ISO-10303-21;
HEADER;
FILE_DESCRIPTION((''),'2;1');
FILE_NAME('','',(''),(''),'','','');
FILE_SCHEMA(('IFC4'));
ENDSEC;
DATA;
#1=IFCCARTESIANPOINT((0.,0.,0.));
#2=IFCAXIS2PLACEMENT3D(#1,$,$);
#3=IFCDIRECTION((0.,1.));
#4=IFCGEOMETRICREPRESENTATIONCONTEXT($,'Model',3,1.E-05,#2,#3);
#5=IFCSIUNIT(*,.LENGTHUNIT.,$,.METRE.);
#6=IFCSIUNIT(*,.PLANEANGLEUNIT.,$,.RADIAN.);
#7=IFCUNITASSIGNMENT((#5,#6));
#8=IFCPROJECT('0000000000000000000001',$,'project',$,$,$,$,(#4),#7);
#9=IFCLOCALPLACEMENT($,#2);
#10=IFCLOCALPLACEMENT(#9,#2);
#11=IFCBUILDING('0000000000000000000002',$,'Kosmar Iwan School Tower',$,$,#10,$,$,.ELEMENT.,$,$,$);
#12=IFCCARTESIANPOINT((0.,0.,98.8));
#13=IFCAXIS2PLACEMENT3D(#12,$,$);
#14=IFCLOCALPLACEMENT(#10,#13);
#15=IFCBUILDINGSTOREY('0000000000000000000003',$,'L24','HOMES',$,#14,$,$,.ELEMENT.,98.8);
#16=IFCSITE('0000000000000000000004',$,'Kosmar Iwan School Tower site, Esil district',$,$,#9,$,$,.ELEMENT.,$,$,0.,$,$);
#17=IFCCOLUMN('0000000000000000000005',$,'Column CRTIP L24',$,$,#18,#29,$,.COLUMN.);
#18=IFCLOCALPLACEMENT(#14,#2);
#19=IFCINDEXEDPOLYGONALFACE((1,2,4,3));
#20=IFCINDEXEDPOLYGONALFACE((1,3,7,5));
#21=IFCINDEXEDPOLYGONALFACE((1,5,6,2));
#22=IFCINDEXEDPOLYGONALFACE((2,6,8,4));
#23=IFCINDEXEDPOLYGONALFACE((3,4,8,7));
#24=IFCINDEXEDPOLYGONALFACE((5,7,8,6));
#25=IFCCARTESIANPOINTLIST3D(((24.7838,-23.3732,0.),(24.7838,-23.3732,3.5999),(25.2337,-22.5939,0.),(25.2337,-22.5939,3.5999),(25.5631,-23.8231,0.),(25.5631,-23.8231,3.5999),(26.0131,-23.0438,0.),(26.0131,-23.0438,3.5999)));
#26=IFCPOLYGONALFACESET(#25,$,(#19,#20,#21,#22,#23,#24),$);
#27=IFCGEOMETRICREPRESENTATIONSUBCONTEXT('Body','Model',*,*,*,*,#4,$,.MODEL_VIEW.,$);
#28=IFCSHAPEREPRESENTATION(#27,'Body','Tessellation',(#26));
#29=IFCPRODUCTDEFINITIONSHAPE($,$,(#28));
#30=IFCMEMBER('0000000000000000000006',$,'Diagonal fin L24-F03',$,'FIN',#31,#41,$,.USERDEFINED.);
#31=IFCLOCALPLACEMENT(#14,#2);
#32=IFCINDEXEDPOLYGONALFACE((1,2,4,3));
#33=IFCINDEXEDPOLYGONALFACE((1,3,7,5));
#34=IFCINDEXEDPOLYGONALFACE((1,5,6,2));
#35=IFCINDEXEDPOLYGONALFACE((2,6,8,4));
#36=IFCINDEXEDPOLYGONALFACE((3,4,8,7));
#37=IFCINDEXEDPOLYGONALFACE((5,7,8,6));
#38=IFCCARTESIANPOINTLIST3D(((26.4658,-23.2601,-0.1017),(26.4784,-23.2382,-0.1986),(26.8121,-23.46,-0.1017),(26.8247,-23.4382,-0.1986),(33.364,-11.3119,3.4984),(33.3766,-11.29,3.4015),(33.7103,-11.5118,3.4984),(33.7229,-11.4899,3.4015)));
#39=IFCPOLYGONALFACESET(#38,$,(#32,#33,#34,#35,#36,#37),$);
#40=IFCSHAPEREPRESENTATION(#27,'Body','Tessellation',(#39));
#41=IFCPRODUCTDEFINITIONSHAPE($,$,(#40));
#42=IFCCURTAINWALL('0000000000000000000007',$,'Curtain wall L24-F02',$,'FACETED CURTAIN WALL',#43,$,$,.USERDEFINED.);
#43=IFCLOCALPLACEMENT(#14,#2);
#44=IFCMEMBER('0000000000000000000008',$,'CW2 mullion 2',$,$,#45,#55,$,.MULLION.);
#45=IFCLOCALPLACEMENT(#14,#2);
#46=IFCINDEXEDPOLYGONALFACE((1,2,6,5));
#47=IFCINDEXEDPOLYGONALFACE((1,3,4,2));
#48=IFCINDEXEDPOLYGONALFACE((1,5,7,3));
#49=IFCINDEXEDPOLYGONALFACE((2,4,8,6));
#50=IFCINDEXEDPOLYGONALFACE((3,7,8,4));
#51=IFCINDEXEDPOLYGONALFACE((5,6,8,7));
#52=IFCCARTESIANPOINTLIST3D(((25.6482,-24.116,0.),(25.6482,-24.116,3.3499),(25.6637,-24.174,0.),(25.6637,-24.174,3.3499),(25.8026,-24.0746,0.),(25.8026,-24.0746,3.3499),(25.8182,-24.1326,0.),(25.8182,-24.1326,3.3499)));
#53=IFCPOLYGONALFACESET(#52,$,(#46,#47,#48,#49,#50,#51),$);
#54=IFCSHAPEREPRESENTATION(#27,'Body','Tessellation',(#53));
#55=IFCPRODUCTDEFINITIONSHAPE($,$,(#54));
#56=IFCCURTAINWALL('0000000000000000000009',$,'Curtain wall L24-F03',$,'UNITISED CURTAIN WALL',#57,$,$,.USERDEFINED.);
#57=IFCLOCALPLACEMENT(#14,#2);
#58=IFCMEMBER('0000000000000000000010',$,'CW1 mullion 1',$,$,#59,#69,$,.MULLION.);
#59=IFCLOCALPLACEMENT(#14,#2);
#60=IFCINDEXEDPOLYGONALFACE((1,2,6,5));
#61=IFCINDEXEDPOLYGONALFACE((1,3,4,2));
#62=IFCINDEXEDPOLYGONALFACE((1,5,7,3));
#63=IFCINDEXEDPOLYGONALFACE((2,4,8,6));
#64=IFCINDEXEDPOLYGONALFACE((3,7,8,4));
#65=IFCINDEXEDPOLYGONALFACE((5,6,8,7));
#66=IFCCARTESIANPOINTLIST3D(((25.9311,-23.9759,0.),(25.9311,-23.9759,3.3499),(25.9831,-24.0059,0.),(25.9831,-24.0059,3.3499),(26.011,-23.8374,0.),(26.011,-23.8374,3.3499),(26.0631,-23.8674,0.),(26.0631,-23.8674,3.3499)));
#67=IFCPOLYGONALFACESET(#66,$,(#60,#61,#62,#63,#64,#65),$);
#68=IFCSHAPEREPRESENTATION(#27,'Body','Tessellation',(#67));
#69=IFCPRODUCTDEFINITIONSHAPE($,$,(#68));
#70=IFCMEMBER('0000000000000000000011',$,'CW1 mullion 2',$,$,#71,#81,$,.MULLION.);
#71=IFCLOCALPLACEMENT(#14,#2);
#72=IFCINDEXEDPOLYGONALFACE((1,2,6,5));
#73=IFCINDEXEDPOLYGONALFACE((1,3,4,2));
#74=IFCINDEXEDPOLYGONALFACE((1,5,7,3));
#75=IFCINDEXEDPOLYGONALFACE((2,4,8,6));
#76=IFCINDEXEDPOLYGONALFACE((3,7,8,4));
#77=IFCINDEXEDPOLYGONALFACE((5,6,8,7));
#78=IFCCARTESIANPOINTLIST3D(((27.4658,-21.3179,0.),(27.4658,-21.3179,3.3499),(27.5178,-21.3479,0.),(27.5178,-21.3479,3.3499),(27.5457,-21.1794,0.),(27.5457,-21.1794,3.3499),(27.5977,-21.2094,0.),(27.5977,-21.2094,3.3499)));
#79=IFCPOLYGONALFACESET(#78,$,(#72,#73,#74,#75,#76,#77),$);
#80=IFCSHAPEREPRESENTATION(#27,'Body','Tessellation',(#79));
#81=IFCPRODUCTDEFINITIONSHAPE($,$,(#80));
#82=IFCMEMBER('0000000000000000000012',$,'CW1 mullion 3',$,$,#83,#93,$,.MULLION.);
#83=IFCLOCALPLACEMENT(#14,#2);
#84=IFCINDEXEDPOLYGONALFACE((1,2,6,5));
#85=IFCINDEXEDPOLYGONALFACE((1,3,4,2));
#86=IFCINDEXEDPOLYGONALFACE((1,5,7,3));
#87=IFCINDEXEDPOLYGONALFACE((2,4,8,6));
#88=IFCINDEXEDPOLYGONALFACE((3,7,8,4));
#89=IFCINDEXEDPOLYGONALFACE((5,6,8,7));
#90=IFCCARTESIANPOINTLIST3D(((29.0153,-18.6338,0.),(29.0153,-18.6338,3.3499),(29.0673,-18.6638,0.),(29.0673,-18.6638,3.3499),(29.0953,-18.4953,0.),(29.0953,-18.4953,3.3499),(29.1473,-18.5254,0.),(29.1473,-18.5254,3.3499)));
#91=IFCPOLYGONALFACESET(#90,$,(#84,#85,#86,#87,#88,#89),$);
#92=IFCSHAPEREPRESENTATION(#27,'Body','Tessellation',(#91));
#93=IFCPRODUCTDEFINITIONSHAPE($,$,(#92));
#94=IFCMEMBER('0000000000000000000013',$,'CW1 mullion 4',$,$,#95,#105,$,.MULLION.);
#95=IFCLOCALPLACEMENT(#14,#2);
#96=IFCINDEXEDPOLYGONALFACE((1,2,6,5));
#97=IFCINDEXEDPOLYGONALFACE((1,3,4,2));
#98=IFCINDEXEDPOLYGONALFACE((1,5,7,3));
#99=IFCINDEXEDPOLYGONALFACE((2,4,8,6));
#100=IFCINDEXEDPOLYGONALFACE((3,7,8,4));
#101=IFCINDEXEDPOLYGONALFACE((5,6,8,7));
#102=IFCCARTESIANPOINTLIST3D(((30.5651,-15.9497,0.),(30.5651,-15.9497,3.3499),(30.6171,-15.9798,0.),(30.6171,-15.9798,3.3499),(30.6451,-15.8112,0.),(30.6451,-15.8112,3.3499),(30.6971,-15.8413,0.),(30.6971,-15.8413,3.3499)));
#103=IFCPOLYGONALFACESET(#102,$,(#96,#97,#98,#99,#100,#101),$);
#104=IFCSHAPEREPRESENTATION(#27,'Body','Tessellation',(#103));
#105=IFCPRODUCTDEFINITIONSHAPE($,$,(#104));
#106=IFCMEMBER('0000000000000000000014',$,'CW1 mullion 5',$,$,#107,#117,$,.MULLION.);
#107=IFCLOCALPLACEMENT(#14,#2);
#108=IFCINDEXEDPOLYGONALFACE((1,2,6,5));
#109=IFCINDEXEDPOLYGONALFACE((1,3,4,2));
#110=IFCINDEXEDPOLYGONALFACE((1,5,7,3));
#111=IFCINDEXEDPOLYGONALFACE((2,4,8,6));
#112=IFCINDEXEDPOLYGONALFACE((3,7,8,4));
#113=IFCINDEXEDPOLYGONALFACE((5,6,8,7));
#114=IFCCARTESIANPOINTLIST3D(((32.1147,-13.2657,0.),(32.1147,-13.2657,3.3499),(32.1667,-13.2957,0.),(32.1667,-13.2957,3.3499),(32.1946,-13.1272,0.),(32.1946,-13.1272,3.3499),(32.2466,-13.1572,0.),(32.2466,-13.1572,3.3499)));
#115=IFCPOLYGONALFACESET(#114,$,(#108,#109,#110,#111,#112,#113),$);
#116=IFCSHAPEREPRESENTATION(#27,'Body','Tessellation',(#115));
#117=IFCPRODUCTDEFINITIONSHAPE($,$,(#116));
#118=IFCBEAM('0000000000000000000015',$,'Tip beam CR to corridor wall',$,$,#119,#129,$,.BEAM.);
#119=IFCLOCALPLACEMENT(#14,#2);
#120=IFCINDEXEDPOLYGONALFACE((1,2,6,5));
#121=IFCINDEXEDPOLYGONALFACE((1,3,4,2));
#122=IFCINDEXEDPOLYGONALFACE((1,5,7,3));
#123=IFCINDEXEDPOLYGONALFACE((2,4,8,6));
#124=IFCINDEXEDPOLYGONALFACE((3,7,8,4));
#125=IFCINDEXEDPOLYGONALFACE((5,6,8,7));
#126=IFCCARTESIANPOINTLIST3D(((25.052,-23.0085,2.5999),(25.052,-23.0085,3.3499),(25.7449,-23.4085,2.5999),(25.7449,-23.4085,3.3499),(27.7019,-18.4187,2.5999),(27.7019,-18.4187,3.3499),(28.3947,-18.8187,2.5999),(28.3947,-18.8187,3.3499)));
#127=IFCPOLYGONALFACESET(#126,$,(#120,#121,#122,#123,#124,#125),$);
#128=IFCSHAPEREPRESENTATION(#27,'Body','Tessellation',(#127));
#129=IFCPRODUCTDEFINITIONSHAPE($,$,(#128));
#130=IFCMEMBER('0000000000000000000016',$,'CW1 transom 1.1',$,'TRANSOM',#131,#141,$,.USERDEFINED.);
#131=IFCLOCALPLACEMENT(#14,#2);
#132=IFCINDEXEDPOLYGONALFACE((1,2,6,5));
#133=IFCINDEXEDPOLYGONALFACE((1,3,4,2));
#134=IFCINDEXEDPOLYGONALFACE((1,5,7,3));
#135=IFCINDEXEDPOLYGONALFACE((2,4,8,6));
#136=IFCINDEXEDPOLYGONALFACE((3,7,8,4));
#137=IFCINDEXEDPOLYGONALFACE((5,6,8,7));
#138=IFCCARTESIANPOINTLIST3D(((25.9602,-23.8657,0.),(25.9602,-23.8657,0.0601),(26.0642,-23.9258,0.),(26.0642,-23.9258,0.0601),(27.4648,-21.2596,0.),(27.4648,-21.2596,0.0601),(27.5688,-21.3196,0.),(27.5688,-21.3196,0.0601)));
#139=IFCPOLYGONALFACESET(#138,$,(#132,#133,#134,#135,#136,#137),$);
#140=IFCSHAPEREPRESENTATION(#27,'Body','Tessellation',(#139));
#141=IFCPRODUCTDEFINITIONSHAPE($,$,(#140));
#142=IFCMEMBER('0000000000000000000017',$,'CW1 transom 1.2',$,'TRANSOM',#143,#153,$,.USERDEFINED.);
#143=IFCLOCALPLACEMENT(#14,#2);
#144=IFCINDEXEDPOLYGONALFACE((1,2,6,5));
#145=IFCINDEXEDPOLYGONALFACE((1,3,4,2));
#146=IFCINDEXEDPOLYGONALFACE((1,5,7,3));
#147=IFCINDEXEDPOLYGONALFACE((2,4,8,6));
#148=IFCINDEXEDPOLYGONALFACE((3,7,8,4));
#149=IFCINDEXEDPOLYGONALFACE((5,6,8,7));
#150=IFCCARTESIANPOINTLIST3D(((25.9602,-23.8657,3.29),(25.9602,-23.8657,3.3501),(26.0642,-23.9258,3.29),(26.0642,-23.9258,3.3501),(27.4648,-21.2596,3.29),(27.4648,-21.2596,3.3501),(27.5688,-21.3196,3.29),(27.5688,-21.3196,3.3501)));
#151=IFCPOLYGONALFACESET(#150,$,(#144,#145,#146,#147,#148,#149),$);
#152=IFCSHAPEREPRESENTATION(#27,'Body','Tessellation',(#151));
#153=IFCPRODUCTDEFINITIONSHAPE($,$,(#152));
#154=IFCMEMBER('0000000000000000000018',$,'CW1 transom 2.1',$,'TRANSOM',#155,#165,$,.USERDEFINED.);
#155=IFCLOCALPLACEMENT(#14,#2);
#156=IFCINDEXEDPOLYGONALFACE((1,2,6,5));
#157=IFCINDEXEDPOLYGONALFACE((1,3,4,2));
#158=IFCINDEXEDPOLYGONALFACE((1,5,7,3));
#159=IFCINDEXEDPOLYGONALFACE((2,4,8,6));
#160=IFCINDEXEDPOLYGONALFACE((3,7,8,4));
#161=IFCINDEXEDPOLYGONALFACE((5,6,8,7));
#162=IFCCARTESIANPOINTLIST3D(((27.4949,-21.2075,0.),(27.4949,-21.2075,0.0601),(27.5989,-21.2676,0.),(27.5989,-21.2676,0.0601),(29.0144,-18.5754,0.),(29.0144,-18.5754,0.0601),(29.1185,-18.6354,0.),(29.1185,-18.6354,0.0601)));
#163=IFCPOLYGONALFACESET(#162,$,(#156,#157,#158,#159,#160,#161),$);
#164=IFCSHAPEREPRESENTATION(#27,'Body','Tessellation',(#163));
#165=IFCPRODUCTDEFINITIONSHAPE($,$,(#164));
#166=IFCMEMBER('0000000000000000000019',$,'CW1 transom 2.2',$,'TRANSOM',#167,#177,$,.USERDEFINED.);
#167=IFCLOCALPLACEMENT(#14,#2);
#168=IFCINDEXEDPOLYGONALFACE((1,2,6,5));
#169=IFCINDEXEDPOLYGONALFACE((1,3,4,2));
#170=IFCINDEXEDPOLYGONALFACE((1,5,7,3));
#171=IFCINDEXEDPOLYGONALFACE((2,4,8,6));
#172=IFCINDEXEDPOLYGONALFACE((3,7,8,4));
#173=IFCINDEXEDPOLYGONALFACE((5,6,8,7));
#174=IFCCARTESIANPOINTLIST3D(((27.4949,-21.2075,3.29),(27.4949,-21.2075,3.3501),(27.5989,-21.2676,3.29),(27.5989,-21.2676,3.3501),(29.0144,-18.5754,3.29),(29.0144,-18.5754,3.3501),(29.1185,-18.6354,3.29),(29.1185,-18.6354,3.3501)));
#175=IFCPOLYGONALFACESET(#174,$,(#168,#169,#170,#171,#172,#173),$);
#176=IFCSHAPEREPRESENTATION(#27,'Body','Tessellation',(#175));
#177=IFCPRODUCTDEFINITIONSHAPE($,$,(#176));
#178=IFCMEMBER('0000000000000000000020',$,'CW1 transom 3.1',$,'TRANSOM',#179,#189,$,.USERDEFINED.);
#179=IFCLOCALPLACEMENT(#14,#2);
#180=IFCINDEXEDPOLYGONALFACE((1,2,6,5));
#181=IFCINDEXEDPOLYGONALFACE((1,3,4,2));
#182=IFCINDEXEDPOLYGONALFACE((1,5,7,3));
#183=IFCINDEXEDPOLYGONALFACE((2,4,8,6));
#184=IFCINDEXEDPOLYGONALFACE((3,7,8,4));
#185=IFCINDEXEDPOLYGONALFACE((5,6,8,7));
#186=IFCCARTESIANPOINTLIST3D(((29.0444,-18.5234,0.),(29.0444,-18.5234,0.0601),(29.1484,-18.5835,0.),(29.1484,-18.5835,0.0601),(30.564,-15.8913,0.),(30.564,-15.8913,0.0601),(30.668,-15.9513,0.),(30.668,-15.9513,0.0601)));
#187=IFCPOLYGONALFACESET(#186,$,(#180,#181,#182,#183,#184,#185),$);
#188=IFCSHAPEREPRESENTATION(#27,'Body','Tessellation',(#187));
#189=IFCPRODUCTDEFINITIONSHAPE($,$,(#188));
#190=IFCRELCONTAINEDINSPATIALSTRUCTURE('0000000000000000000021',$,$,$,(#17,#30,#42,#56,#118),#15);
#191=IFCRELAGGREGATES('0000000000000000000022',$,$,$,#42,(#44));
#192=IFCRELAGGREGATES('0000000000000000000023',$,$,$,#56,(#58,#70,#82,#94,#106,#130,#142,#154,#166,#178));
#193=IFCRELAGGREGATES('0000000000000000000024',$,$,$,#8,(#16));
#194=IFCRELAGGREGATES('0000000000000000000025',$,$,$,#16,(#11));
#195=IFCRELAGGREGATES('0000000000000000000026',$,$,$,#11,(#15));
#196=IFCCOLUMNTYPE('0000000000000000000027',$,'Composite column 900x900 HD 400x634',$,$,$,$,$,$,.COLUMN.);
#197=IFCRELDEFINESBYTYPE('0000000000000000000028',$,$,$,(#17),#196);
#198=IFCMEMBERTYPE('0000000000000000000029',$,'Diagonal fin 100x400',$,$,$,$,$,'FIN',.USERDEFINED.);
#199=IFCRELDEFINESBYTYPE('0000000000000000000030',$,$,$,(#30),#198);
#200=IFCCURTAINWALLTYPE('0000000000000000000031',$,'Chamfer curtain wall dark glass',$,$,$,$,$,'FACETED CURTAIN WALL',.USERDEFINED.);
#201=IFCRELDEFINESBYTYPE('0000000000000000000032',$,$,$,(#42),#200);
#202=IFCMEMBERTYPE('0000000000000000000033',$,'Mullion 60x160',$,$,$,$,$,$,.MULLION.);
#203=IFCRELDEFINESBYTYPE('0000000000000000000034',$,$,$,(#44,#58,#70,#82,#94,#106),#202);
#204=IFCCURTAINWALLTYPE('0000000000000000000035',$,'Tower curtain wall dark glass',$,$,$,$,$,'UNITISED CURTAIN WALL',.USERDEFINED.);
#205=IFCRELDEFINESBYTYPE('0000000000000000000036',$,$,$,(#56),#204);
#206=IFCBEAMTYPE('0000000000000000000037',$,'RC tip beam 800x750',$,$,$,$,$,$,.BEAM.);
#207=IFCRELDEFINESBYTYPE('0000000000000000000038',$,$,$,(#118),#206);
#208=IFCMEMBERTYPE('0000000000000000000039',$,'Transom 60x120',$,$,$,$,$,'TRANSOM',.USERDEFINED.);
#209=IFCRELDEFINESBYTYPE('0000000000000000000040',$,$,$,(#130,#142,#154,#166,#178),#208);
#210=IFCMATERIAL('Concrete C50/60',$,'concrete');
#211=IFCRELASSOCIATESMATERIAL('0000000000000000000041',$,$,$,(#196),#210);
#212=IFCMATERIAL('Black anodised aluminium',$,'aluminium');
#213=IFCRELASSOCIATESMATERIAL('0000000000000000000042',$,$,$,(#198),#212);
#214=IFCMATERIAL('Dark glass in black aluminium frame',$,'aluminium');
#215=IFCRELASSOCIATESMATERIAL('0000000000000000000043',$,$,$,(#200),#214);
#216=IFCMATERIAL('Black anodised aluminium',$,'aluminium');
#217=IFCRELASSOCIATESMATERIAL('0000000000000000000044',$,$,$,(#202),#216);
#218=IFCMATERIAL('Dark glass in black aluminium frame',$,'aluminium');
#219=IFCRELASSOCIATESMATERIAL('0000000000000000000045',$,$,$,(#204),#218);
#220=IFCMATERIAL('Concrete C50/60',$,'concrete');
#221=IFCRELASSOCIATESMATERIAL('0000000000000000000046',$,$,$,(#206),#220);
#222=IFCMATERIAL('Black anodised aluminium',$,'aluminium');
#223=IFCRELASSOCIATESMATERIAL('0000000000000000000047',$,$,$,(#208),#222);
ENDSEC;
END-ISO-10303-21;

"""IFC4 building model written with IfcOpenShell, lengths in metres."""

from ifc_helpers import new_model, si_unit, direction, frame, origin, origin_2d, place, context, subcontext, project, spatial, rectangle, extrude, material, material_profile, profile_set, type_object, element, aggregate, save


model = new_model("IFC4")

# Units and contexts
model_context = context("Model", 3, precision=1e-05, world=origin(), true_north=direction((0.0, 1.0)))
body_context = subcontext(model_context, "Body", "Model", "MODEL_VIEW")
ifc_project = project(units=[si_unit("LENGTHUNIT", "METRE"), si_unit("PLANEANGLEUNIT", "RADIAN")], contexts=[model_context])

# Site, building, storey
site_placement = place(None, origin())
site = spatial("IfcSite", under=ifc_project, at=site_placement, Name="Kosmar Iwan School Tower site, Esil district", CompositionType="ELEMENT", RefElevation=0.0)
building_placement = place(site_placement, origin())
building = spatial("IfcBuilding", under=site, at=building_placement, Name="Kosmar Iwan School Tower", CompositionType="ELEMENT")
storey_placement = place(building_placement, frame((0.0, 0.0, 98.8)))
storey = spatial("IfcBuildingStorey", under=building, at=storey_placement, Name="L24", Description="HOMES", CompositionType="ELEMENT", Elevation=98.8)

# Column
ifc_material_1 = material(Name="Concrete C50/60", Category="concrete")
ifc_material_profile_1 = material_profile(ifc_material_1, rectangle(XDim=0.8999, YDim=0.8999, at=origin_2d()), Name="RC 900x900 + HD 400x634")
ifc_profile_set_1 = profile_set([ifc_material_profile_1], Name="Concrete C50/60")
column_type = type_object("IfcColumnType", Name="Composite column 900x900 HD 400x634", PredefinedType="COLUMN", material=ifc_profile_set_1)
column_placement = place(storey_placement, frame((25.3984, -23.2085, 0.0), z_axis=(0.0, 0.0, 1.0), x_axis=(0.866025, -0.5, 0.0)))
element("IfcColumn", 1, at=column_placement, inside=storey, type_object=column_type, Name="Column CRTIP L24", PredefinedType="COLUMN", context=body_context, shape_type="SweptSolid", body=[
    extrude(rectangle(XDim=0.8999, YDim=0.8999, at=origin_2d()), origin(), (0.0, 0.0, 1.0), 3.5999),
])

# Member
ifc_material_2 = material(Name="Black anodised aluminium", Category="aluminium")
ifc_material_profile_2 = material_profile(ifc_material_2, rectangle(XDim=0.1001, YDim=0.3999, at=origin_2d()), Name="FIN 100x400")
ifc_profile_set_2 = profile_set([ifc_material_profile_2], Name="Black anodised aluminium")
member_type_1 = type_object("IfcMemberType", Name="Diagonal fin 100x400", ElementType="FIN", PredefinedType="USERDEFINED", material=ifc_profile_set_2)
member_1_placement = place(storey_placement, frame((26.6453, -23.3491, -0.1501), z_axis=(0.483793, 0.83797, 0.252487), x_axis=(-0.126242, -0.218661, 0.9676)))
element("IfcMember", 2, at=member_1_placement, inside=storey, type_object=member_type_1, Name="Diagonal fin L24-F03", ObjectType="FIN", PredefinedType="USERDEFINED", context=body_context, shape_type="SweptSolid", body=[
    extrude(rectangle(XDim=0.1001, YDim=0.3999, at=origin_2d()), origin(), (0.0, 0.0, 1.0), 14.2585),
])

# Curtain wall, member
ifc_material_3 = material(Name="Dark glass in black aluminium frame", Category="aluminium")
curtain_wall_type_1 = type_object("IfcCurtainWallType", Name="Chamfer curtain wall dark glass", ElementType="FACETED CURTAIN WALL", PredefinedType="USERDEFINED", material=ifc_material_3)
curtain_wall_1_placement = place(storey_placement, origin())
curtain_wall_1 = element("IfcCurtainWall", 3, at=curtain_wall_1_placement, inside=storey, type_object=curtain_wall_type_1, Name="Curtain wall L24-F02", ObjectType="FACETED CURTAIN WALL", PredefinedType="USERDEFINED")
ifc_material_4 = material(Name="Black anodised aluminium", Category="aluminium")
ifc_material_profile_3 = material_profile(ifc_material_4, rectangle(XDim=0.0601, YDim=0.1599, at=origin_2d()), Name="MULLION 60x160")
ifc_profile_set_3 = profile_set([ifc_material_profile_3], Name="Black anodised aluminium")
member_type_2 = type_object("IfcMemberType", Name="Mullion 60x160", PredefinedType="MULLION", material=ifc_profile_set_3)
member_2_placement = place(storey_placement, frame((25.7332, -24.1243, 0.0), z_axis=(0.0, 0.0, 1.0), x_axis=(-0.258819, 0.965926, 0.0)))
member_2 = element("IfcMember", 4, at=member_2_placement, type_object=member_type_2, Name="CW2 mullion 2", PredefinedType="MULLION", context=body_context, shape_type="SweptSolid", body=[
    extrude(rectangle(XDim=0.0601, YDim=0.1599, at=origin_2d()), origin(), (0.0, 0.0, 1.0), 3.3499),
])

# Curtain wall, members
ifc_material_5 = material(Name="Dark glass in black aluminium frame", Category="aluminium")
curtain_wall_type_2 = type_object("IfcCurtainWallType", Name="Tower curtain wall dark glass", ElementType="UNITISED CURTAIN WALL", PredefinedType="USERDEFINED", material=ifc_material_5)
curtain_wall_2_placement = place(storey_placement, origin())
curtain_wall_2 = element("IfcCurtainWall", 5, at=curtain_wall_2_placement, inside=storey, type_object=curtain_wall_type_2, Name="Curtain wall L24-F03", ObjectType="UNITISED CURTAIN WALL", PredefinedType="USERDEFINED")
member_3_placement = place(storey_placement, frame((25.9971, -23.9216, 0.0), z_axis=(0.0, 0.0, 1.0), x_axis=(-0.866025, 0.5, 0.0)))
member_3 = element("IfcMember", 6, at=member_3_placement, type_object=member_type_2, Name="CW1 mullion 1", PredefinedType="MULLION", context=body_context, shape_type="SweptSolid", body=[
    extrude(rectangle(XDim=0.0601, YDim=0.1599, at=origin_2d()), origin(), (0.0, 0.0, 1.0), 3.3499),
])
member_4_placement = place(storey_placement, frame((27.5317, -21.2637, 0.0), z_axis=(0.0, 0.0, 1.0), x_axis=(-0.866025, 0.5, 0.0)))
member_4 = element("IfcMember", 7, at=member_4_placement, type_object=member_type_2, Name="CW1 mullion 2", PredefinedType="MULLION", context=body_context, shape_type="SweptSolid", body=[
    extrude(rectangle(XDim=0.0601, YDim=0.1599, at=origin_2d()), origin(), (0.0, 0.0, 1.0), 3.3499),
])
member_5_placement = place(storey_placement, frame((29.0813, -18.5796, 0.0), z_axis=(0.0, 0.0, 1.0), x_axis=(-0.866025, 0.5, 0.0)))
member_5 = element("IfcMember", 8, at=member_5_placement, type_object=member_type_2, Name="CW1 mullion 3", PredefinedType="MULLION", context=body_context, shape_type="SweptSolid", body=[
    extrude(rectangle(XDim=0.0601, YDim=0.1599, at=origin_2d()), origin(), (0.0, 0.0, 1.0), 3.3499),
])
member_6_placement = place(storey_placement, frame((30.6311, -15.8955, 0.0), z_axis=(0.0, 0.0, 1.0), x_axis=(-0.866025, 0.5, 0.0)))
member_6 = element("IfcMember", 9, at=member_6_placement, type_object=member_type_2, Name="CW1 mullion 4", PredefinedType="MULLION", context=body_context, shape_type="SweptSolid", body=[
    extrude(rectangle(XDim=0.0601, YDim=0.1599, at=origin_2d()), origin(), (0.0, 0.0, 1.0), 3.3499),
])
member_7_placement = place(storey_placement, frame((32.1807, -13.2114, 0.0), z_axis=(0.0, 0.0, 1.0), x_axis=(-0.866025, 0.5, 0.0)))
member_7 = element("IfcMember", 10, at=member_7_placement, type_object=member_type_2, Name="CW1 mullion 5", PredefinedType="MULLION", context=body_context, shape_type="SweptSolid", body=[
    extrude(rectangle(XDim=0.0601, YDim=0.1599, at=origin_2d()), origin(), (0.0, 0.0, 1.0), 3.3499),
])

# Beam
ifc_material_6 = material(Name="Concrete C50/60", Category="concrete")
ifc_material_profile_4 = material_profile(ifc_material_6, rectangle(XDim=0.8, YDim=0.75, at=origin_2d()), Name="RC 800x750")
ifc_profile_set_4 = profile_set([ifc_material_profile_4], Name="Concrete C50/60")
beam_type = type_object("IfcBeamType", Name="RC tip beam 800x750", PredefinedType="BEAM", material=ifc_profile_set_4)
beam_placement = place(storey_placement, frame((25.3984, -23.2085, 2.9749), z_axis=(0.499994, 0.866029, 0.0), x_axis=(-0.866029, 0.499994, 0.0)))
element("IfcBeam", 11, at=beam_placement, inside=storey, type_object=beam_type, Name="Tip beam CR to corridor wall", PredefinedType="BEAM", context=body_context, shape_type="SweptSolid", body=[
    extrude(rectangle(XDim=0.8, YDim=0.75, at=origin_2d()), origin(), (0.0, 0.0, 1.0), 5.2998),
])

# Members
ifc_material_7 = material(Name="Black anodised aluminium", Category="aluminium")
ifc_material_profile_5 = material_profile(ifc_material_7, rectangle(XDim=0.1201, YDim=0.0601, at=origin_2d()), Name="TRANSOM 60x120")
ifc_profile_set_5 = profile_set([ifc_material_profile_5], Name="Black anodised aluminium")
member_type_3 = type_object("IfcMemberType", Name="Transom 60x120", ElementType="TRANSOM", PredefinedType="USERDEFINED", material=ifc_profile_set_5)
member_8_placement = place(storey_placement, frame((26.0122, -23.8958, 0.03), z_axis=(0.499987, 0.866033, 0.0), x_axis=(-0.866033, 0.499987, 0.0)))
member_8 = element("IfcMember", 12, at=member_8_placement, type_object=member_type_3, Name="CW1 transom 1.1", ObjectType="TRANSOM", PredefinedType="USERDEFINED", context=body_context, shape_type="SweptSolid", body=[
    extrude(rectangle(XDim=0.1201, YDim=0.0601, at=origin_2d()), origin(), (0.0, 0.0, 1.0), 3.0093),
])
member_9_placement = place(storey_placement, frame((26.0122, -23.8958, 3.3201), z_axis=(0.499987, 0.866033, 0.0), x_axis=(-0.866033, 0.499987, 0.0)))
member_9 = element("IfcMember", 13, at=member_9_placement, type_object=member_type_3, Name="CW1 transom 1.2", ObjectType="TRANSOM", PredefinedType="USERDEFINED", context=body_context, shape_type="SweptSolid", body=[
    extrude(rectangle(XDim=0.1201, YDim=0.0601, at=origin_2d()), origin(), (0.0, 0.0, 1.0), 3.0093),
])
member_10_placement = place(storey_placement, frame((27.5469, -21.2375, 0.03), z_axis=(0.499975, 0.86604, 0.0), x_axis=(-0.86604, 0.499975, 0.0)))
member_10 = element("IfcMember", 14, at=member_10_placement, type_object=member_type_3, Name="CW1 transom 2.1", ObjectType="TRANSOM", PredefinedType="USERDEFINED", context=body_context, shape_type="SweptSolid", body=[
    extrude(rectangle(XDim=0.1201, YDim=0.0601, at=origin_2d()), origin(), (0.0, 0.0, 1.0), 3.0393),
])
member_11_placement = place(storey_placement, frame((27.5469, -21.2375, 3.3201), z_axis=(0.499975, 0.86604, 0.0), x_axis=(-0.86604, 0.499975, 0.0)))
member_11 = element("IfcMember", 15, at=member_11_placement, type_object=member_type_3, Name="CW1 transom 2.2", ObjectType="TRANSOM", PredefinedType="USERDEFINED", context=body_context, shape_type="SweptSolid", body=[
    extrude(rectangle(XDim=0.1201, YDim=0.0601, at=origin_2d()), origin(), (0.0, 0.0, 1.0), 3.0393),
])
member_12_placement = place(storey_placement, frame((29.0964, -18.5535, 0.03), z_axis=(0.499975, 0.86604, 0.0), x_axis=(-0.86604, 0.499975, 0.0)))
member_12 = element("IfcMember", 16, at=member_12_placement, type_object=member_type_3, Name="CW1 transom 3.1", ObjectType="TRANSOM", PredefinedType="USERDEFINED", context=body_context, shape_type="SweptSolid", body=[
    extrude(rectangle(XDim=0.1201, YDim=0.0601, at=origin_2d()), origin(), (0.0, 0.0, 1.0), 3.0393),
])

aggregate(curtain_wall_1, [member_2])
aggregate(curtain_wall_2, [member_3, member_4, member_5, member_6, member_7, member_8, member_9, member_10, member_11, member_12])

save(model, "model.ifc")
